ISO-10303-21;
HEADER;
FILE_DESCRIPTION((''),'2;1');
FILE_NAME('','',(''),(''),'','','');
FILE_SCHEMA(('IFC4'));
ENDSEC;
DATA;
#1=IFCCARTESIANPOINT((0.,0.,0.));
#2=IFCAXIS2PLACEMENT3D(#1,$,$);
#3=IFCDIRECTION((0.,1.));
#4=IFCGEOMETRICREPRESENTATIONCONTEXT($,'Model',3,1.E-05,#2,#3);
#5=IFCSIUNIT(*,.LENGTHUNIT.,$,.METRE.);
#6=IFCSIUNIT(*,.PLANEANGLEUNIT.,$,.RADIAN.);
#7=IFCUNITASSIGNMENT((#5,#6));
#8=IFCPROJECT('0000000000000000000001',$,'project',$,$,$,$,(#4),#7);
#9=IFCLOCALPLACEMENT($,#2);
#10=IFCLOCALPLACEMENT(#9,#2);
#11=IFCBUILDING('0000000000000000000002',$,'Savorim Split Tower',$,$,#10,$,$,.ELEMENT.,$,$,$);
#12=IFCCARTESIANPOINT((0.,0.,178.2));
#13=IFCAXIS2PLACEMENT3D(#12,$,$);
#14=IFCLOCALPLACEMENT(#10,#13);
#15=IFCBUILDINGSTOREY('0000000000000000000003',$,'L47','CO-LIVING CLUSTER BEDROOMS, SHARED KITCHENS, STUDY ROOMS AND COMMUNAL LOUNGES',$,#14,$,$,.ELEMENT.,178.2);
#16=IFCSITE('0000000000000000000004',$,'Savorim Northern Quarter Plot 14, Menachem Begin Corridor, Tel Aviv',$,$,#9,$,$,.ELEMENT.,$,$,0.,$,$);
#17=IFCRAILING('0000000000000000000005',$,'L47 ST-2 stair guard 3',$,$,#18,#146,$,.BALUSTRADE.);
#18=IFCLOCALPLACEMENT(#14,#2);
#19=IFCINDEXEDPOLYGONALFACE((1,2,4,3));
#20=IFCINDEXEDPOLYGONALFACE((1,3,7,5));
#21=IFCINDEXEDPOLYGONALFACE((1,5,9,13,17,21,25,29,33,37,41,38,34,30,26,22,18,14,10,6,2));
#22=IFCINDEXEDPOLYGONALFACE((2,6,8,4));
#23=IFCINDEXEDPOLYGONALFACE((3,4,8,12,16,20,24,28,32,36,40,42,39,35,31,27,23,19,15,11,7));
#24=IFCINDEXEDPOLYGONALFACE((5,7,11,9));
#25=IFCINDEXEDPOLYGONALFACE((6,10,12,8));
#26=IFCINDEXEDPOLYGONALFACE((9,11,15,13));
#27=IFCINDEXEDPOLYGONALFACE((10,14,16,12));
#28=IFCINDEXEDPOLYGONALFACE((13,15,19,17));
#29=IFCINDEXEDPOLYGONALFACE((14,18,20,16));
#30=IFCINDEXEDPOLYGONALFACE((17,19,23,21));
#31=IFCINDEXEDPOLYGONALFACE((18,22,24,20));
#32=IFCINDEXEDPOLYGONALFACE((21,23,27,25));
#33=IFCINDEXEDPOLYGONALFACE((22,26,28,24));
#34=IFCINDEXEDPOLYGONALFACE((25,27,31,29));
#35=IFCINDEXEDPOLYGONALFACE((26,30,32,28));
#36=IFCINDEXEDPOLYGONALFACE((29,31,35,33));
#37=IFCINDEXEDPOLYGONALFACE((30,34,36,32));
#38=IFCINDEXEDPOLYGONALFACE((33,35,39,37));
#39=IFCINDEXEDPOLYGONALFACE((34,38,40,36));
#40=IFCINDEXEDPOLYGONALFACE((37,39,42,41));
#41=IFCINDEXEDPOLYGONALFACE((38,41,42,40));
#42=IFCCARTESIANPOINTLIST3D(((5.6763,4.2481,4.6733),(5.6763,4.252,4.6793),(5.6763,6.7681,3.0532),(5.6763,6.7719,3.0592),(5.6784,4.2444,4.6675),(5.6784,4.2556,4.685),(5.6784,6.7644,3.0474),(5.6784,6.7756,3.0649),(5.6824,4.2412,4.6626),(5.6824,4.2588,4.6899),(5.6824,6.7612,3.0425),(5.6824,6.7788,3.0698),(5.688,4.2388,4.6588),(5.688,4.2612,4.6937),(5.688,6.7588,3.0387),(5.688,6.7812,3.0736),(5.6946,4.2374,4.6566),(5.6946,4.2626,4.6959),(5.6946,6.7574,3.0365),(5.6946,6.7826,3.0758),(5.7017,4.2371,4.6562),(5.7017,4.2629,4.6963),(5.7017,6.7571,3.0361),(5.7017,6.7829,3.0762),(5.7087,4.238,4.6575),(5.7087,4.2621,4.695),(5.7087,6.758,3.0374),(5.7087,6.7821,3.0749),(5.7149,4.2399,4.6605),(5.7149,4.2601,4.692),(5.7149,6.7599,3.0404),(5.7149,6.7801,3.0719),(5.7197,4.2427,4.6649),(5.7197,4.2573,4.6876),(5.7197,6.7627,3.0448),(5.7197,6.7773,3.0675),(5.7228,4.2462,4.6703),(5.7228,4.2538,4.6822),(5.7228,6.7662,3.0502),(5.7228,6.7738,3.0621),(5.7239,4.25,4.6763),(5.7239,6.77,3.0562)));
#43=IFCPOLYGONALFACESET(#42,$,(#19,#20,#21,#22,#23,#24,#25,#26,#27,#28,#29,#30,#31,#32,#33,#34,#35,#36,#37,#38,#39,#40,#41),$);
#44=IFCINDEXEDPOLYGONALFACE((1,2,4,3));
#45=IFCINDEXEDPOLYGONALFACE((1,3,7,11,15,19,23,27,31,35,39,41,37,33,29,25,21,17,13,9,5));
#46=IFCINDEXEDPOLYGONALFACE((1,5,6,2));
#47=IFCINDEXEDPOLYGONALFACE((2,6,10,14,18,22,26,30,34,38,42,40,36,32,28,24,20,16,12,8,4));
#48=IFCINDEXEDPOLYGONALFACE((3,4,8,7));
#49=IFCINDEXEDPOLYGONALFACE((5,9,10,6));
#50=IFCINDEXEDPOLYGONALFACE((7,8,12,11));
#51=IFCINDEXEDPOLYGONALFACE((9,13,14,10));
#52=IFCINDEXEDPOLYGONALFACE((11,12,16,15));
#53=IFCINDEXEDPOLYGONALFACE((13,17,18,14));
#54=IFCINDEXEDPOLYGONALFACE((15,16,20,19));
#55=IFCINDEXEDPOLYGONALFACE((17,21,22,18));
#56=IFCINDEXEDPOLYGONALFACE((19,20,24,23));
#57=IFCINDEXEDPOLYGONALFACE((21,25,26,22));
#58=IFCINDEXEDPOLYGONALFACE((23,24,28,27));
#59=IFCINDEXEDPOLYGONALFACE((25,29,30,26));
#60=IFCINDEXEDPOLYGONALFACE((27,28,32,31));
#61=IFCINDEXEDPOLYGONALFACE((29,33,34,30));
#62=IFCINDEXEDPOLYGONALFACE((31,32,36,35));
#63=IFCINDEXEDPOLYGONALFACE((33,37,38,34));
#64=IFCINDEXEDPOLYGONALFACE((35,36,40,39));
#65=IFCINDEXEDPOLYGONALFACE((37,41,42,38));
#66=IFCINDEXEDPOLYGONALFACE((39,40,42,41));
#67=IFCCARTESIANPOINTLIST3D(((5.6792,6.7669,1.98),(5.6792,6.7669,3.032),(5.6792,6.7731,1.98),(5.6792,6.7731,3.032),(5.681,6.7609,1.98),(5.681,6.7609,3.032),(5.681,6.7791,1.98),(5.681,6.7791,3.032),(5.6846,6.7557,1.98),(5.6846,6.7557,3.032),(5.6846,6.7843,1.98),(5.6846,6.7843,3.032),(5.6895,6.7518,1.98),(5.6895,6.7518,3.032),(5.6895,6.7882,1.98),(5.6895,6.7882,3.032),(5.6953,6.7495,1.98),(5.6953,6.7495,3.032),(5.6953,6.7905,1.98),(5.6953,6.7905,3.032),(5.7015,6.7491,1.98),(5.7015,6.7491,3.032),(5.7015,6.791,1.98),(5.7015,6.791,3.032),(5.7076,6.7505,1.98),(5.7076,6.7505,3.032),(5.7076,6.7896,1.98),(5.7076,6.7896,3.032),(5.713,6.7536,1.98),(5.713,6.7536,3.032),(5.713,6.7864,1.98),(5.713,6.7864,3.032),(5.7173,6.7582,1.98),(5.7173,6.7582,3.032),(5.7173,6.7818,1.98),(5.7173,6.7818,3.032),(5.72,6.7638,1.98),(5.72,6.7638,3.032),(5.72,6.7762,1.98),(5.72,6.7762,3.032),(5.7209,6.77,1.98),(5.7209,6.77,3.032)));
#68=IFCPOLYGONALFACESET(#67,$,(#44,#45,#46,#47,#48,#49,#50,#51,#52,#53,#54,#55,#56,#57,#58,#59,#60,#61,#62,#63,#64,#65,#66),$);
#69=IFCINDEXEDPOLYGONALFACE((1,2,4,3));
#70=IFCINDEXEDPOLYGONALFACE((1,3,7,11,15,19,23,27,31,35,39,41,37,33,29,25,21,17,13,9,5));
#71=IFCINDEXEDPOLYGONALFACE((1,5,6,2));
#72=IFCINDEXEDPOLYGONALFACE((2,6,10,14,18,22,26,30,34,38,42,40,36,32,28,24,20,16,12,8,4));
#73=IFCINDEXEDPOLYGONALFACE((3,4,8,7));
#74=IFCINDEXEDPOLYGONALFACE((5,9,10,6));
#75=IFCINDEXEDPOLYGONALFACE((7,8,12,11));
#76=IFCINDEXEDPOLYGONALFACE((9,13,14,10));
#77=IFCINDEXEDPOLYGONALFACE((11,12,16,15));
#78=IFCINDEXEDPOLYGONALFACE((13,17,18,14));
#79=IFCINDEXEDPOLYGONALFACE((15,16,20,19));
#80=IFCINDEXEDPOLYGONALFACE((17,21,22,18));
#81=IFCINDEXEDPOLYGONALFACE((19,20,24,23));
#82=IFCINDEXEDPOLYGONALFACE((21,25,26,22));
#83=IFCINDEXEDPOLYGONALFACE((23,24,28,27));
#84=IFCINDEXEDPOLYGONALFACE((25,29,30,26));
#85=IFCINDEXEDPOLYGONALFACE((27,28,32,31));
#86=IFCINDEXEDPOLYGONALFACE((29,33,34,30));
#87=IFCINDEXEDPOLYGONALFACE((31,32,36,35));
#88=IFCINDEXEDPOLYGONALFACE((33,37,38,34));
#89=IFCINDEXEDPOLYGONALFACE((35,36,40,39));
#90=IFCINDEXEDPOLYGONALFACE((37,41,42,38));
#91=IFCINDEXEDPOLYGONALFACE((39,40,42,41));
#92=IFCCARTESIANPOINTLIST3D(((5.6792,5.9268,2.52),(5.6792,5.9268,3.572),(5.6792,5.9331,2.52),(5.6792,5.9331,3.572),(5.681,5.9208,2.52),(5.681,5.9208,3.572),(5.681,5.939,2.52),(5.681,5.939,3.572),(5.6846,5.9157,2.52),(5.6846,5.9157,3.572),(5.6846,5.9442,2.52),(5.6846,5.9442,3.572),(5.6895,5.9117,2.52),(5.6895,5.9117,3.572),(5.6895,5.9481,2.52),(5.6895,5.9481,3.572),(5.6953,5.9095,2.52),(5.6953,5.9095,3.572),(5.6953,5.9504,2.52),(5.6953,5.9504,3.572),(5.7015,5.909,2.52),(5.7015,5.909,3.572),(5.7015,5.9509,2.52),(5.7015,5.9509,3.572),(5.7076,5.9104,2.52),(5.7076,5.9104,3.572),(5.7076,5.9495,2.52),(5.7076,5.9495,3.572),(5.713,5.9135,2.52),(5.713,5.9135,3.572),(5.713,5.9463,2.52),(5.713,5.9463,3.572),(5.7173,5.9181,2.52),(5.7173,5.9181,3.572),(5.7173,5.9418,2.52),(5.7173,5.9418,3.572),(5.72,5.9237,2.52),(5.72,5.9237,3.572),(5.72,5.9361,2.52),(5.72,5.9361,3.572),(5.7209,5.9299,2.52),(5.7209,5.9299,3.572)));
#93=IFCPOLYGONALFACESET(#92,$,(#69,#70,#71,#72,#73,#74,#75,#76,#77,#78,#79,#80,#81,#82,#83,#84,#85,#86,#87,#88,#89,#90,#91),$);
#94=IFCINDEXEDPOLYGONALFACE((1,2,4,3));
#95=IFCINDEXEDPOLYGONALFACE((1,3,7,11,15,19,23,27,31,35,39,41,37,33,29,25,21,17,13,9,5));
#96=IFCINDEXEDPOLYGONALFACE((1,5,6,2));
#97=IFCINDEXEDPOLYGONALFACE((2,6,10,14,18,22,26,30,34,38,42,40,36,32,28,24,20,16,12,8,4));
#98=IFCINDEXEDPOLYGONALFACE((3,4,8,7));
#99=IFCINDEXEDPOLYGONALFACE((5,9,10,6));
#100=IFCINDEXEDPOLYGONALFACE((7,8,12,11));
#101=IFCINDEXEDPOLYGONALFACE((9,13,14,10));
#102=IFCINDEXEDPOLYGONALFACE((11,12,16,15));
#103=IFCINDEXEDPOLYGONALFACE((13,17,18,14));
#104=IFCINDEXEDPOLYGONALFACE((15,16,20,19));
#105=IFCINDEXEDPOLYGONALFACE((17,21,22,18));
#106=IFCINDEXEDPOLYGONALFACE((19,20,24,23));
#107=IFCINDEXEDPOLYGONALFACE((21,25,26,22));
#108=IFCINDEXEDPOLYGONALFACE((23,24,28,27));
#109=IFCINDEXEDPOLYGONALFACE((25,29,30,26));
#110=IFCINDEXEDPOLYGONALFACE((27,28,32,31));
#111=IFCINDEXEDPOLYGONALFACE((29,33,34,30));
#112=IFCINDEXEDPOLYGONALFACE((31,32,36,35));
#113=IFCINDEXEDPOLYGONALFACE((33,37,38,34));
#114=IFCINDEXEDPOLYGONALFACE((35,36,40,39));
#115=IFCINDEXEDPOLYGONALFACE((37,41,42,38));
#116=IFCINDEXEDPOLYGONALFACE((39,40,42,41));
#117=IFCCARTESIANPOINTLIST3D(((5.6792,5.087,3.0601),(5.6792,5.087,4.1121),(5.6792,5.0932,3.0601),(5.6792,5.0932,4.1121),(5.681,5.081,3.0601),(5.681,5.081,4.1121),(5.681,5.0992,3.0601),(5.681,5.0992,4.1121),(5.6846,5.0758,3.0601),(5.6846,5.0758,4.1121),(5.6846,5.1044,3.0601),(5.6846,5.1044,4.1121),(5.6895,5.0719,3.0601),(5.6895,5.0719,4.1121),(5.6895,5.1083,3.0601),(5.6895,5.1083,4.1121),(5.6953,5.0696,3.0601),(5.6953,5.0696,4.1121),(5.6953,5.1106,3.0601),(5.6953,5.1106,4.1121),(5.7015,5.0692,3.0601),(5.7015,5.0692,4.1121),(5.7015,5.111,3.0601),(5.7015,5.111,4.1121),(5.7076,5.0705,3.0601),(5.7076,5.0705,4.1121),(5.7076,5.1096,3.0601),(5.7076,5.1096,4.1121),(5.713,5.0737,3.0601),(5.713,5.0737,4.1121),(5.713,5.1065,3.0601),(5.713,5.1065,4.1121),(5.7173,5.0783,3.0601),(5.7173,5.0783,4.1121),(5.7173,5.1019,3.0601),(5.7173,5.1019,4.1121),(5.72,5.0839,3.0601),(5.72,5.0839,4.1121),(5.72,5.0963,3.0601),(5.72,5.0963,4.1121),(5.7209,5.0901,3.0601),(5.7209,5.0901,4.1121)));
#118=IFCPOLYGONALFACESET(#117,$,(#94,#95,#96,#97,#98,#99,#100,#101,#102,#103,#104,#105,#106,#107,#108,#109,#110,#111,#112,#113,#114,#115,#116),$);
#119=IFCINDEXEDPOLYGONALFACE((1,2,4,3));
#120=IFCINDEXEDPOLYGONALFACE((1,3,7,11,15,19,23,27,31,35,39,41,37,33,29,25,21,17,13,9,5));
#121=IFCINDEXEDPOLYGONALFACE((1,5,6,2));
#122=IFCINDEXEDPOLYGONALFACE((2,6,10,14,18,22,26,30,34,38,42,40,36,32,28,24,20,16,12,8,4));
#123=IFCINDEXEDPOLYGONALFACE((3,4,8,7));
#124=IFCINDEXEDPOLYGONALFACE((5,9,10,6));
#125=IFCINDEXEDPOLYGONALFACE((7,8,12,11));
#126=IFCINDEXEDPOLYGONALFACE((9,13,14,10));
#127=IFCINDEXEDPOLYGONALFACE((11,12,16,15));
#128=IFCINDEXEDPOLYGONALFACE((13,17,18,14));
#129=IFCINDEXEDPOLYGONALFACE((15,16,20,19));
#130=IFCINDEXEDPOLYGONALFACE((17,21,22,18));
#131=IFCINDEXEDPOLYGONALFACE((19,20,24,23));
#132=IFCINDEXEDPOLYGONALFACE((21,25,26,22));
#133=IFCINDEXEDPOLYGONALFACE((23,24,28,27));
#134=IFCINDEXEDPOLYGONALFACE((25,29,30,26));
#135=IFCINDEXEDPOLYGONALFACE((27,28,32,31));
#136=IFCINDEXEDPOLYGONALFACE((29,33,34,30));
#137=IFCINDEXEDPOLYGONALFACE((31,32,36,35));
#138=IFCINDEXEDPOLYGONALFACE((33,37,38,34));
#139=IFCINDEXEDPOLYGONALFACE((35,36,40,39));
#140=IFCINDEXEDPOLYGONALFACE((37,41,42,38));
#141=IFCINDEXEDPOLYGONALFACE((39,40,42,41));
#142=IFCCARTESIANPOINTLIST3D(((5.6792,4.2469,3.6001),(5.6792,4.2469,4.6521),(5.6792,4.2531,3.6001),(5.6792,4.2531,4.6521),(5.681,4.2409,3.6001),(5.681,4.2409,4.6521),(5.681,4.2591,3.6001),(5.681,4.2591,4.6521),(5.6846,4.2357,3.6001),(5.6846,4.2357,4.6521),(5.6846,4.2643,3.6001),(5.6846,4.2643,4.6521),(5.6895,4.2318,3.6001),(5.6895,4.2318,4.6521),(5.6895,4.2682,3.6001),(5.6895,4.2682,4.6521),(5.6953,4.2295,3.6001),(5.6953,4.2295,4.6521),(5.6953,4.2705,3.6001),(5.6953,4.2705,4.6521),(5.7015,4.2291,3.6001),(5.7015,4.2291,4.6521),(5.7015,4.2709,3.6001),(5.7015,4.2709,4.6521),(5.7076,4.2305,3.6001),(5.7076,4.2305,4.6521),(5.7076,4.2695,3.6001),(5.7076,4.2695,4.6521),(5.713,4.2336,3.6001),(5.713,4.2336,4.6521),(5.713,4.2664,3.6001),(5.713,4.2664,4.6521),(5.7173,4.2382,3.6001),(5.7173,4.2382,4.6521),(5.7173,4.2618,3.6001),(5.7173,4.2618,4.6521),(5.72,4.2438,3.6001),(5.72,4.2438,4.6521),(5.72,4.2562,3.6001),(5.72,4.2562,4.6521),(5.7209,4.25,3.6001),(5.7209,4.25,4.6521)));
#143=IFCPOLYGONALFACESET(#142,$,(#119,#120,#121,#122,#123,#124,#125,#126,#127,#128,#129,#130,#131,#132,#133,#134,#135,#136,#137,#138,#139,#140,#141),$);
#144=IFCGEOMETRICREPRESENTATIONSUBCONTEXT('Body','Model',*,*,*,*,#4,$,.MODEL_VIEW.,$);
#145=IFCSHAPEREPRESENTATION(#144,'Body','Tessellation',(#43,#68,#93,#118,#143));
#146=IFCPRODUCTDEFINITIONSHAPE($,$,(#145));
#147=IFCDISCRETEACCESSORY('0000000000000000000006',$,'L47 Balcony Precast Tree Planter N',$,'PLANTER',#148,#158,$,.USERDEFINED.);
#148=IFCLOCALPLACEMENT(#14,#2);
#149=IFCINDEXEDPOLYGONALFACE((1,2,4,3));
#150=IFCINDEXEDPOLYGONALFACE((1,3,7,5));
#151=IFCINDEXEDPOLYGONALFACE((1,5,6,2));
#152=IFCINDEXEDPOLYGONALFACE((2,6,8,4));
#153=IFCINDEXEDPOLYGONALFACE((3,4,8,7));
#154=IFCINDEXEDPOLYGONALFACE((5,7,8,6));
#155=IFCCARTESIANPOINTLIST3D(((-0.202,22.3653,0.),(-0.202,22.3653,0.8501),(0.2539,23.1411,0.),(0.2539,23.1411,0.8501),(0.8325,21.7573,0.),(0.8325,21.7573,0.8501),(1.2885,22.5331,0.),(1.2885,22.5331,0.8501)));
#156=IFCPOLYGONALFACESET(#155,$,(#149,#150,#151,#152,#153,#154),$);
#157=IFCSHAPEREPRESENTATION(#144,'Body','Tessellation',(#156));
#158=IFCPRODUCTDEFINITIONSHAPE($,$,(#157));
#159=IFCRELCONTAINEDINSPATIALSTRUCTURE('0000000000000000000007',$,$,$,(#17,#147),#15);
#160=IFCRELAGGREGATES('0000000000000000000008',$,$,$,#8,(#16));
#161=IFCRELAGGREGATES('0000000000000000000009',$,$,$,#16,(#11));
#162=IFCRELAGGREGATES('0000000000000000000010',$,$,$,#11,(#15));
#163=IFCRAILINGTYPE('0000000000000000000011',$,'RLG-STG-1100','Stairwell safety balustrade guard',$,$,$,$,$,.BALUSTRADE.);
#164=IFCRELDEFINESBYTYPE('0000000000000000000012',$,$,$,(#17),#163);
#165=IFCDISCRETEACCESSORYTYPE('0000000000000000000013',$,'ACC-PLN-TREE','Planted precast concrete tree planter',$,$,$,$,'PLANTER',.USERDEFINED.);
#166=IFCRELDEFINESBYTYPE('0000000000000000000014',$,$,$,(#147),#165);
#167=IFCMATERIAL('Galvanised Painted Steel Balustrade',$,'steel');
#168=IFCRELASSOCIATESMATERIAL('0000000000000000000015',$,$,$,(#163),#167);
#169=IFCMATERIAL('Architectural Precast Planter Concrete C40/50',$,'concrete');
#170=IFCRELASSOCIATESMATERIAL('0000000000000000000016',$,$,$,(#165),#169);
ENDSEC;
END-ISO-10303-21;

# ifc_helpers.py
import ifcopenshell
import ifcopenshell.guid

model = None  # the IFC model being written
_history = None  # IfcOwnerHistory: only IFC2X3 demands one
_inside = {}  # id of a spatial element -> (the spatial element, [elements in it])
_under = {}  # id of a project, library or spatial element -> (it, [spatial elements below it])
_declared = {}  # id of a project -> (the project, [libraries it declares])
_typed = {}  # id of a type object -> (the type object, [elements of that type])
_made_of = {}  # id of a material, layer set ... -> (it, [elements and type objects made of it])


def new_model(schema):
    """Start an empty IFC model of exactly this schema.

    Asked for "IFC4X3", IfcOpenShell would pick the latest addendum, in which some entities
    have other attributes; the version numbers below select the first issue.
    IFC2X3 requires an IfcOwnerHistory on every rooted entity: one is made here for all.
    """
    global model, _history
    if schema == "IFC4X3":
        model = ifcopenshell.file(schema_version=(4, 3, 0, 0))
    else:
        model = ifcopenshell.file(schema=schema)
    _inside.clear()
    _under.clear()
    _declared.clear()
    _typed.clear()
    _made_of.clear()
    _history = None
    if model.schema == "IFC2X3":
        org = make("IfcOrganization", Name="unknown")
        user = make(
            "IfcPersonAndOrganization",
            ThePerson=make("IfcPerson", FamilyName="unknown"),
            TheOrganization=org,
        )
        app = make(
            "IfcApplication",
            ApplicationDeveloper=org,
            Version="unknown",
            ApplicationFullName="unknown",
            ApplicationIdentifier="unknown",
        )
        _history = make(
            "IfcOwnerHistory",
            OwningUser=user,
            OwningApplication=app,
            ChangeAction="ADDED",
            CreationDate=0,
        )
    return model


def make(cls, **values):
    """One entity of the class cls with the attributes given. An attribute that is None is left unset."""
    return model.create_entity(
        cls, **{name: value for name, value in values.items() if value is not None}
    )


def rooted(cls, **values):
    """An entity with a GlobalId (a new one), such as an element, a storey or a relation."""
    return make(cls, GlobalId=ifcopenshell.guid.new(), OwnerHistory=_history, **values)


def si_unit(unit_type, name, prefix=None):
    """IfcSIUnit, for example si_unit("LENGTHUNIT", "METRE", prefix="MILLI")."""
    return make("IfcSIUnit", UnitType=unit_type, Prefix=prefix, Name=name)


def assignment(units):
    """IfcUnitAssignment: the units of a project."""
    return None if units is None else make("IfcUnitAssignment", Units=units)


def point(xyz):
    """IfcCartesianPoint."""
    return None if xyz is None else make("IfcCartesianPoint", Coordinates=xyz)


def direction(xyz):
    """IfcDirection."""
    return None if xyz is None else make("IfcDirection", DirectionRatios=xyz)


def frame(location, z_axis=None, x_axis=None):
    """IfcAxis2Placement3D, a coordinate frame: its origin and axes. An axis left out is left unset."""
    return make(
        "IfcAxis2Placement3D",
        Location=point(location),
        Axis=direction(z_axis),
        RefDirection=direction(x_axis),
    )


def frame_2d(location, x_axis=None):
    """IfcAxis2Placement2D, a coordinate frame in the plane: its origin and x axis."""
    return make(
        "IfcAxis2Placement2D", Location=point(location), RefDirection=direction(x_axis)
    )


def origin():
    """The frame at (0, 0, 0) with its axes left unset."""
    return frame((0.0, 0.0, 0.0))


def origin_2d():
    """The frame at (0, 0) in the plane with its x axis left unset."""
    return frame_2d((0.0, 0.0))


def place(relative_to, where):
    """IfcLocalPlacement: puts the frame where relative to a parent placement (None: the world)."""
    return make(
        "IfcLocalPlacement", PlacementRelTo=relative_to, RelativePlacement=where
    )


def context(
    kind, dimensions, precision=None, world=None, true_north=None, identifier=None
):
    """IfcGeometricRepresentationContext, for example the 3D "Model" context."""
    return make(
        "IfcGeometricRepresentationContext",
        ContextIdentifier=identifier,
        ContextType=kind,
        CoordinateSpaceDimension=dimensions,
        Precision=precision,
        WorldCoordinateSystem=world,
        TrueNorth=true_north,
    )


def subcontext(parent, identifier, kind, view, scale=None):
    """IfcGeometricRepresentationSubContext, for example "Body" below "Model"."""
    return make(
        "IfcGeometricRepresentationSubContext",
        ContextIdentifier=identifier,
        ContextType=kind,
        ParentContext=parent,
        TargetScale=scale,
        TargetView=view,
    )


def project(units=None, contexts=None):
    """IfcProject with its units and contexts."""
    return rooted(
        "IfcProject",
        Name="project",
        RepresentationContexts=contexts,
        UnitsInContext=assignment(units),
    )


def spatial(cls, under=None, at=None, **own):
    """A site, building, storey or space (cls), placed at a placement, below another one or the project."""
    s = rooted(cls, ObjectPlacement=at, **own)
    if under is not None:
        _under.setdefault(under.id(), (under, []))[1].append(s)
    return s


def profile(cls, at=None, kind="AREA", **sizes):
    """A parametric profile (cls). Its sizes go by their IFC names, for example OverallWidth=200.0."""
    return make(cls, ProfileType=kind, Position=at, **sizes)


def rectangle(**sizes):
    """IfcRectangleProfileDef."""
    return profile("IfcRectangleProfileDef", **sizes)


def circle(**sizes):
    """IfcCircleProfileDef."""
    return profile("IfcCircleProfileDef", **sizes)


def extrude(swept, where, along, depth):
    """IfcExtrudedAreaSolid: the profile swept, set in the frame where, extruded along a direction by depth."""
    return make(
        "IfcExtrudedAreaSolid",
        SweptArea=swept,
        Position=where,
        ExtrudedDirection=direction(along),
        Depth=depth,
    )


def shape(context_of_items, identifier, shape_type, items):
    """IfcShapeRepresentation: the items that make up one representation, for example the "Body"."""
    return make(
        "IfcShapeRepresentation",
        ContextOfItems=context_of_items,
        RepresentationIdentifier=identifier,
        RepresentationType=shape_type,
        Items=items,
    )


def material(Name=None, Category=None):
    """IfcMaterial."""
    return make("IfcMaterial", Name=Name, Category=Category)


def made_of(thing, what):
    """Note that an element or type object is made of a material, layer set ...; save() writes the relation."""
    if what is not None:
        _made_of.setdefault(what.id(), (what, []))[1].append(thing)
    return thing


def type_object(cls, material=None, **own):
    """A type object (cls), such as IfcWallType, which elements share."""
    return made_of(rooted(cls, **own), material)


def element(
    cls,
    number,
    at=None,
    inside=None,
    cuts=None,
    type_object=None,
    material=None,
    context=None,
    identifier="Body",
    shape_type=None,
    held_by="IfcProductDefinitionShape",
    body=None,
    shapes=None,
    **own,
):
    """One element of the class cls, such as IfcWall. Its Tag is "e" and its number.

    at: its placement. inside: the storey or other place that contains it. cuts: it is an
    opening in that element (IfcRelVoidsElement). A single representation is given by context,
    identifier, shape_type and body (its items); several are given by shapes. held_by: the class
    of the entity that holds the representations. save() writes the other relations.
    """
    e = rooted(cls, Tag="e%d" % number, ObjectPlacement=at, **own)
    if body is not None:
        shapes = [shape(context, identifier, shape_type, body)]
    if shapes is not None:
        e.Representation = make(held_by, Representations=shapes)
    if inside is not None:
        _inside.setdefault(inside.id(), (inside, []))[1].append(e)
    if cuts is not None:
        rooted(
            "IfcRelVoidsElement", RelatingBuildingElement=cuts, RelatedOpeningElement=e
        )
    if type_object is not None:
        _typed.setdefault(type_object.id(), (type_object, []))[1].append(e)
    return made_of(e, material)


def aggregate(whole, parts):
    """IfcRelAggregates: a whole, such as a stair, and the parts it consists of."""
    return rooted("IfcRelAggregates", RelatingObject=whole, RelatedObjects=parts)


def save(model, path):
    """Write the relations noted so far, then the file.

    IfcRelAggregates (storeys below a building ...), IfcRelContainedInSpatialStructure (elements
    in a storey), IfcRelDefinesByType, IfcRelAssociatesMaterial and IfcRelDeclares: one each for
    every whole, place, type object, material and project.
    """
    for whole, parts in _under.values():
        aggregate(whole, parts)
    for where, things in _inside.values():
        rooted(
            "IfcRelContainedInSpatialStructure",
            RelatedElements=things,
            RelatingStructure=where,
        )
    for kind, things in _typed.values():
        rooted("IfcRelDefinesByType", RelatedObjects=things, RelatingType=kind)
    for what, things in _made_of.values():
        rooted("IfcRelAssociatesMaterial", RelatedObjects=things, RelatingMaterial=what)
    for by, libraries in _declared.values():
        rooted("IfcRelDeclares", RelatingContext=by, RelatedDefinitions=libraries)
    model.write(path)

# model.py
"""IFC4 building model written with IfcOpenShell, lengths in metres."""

from ifc_helpers import new_model, si_unit, direction, frame, origin, origin_2d, place, context, subcontext, project, spatial, rectangle, circle, extrude, material, type_object, element, save


model = new_model("IFC4")

# Units and contexts
model_context = context("Model", 3, precision=1e-05, world=origin(), true_north=direction((0.0, 1.0)))
body_context = subcontext(model_context, "Body", "Model", "MODEL_VIEW")
ifc_project = project(units=[si_unit("LENGTHUNIT", "METRE"), si_unit("PLANEANGLEUNIT", "RADIAN")], contexts=[model_context])

# Site, building, storey
site_placement = place(None, origin())
site = spatial("IfcSite", under=ifc_project, at=site_placement, Name="Savorim Northern Quarter Plot 14, Menachem Begin Corridor, Tel Aviv", CompositionType="ELEMENT", RefElevation=0.0)
building_placement = place(site_placement, origin())
building = spatial("IfcBuilding", under=site, at=building_placement, Name="Savorim Split Tower", CompositionType="ELEMENT")
storey_placement = place(building_placement, frame((0.0, 0.0, 178.2)))
storey = spatial("IfcBuildingStorey", under=building, at=storey_placement, Name="L47", Description="CO-LIVING CLUSTER BEDROOMS, SHARED KITCHENS, STUDY ROOMS AND COMMUNAL LOUNGES", CompositionType="ELEMENT", Elevation=178.2)

# Railing
ifc_material_1 = material(Name="Galvanised Painted Steel Balustrade", Category="steel")
railing_type_1 = type_object("IfcRailingType", Name="RLG-STG-1100", Description="Stairwell safety balustrade guard", PredefinedType="BALUSTRADE", material=ifc_material_1)
railing_1_placement = place(storey_placement, frame((5.7, 6.77, 1.98)))
element("IfcRailing", 1, at=railing_1_placement, inside=storey, type_object=railing_type_1, Name="L47 ST-2 stair guard 3", PredefinedType="BALUSTRADE", context=body_context, shape_type="SweptSolid", body=[
    extrude(circle(Radius=0.0239, at=origin_2d()), frame((0.0, 0.0, 1.0762), z_axis=(0.0, -0.841163, 0.540782), x_axis=(1.0, 0.0, 0.0)), (0.0, 0.0, 1.0), 2.9958),
    extrude(circle(Radius=0.021, at=origin_2d()), origin(), (0.0, 0.0, 1.0), 1.052),
    extrude(circle(Radius=0.021, at=origin_2d()), frame((0.0, -0.8401, 0.54)), (0.0, 0.0, 1.0), 1.052),
    extrude(circle(Radius=0.021, at=origin_2d()), frame((0.0, -1.6799, 1.0801)), (0.0, 0.0, 1.0), 1.052),
    extrude(circle(Radius=0.021, at=origin_2d()), frame((0.0, -2.52, 1.6201)), (0.0, 0.0, 1.0), 1.052),
])

# Discrete accessory
ifc_material_2 = material(Name="Architectural Precast Planter Concrete C40/50", Category="concrete")
discrete_accessory_type = type_object("IfcDiscreteAccessoryType", Name="ACC-PLN-TREE", Description="Planted precast concrete tree planter", ElementType="PLANTER", PredefinedType="USERDEFINED", material=ifc_material_2)
discrete_accessory_placement = place(storey_placement, frame((0.5432, 22.4492, 0.0), z_axis=(0.0, 0.0, 1.0), x_axis=(-0.862127, 0.506693, 0.0)))
element("IfcDiscreteAccessory", 2, at=discrete_accessory_placement, inside=storey, type_object=discrete_accessory_type, Name="L47 Balcony Precast Tree Planter N", ObjectType="PLANTER", PredefinedType="USERDEFINED", context=body_context, shape_type="SweptSolid", body=[
    extrude(rectangle(XDim=1.2, YDim=0.8999, at=origin_2d()), origin(), (0.0, 0.0, 1.0), 0.8501),
])

save(model, "model.ifc")
